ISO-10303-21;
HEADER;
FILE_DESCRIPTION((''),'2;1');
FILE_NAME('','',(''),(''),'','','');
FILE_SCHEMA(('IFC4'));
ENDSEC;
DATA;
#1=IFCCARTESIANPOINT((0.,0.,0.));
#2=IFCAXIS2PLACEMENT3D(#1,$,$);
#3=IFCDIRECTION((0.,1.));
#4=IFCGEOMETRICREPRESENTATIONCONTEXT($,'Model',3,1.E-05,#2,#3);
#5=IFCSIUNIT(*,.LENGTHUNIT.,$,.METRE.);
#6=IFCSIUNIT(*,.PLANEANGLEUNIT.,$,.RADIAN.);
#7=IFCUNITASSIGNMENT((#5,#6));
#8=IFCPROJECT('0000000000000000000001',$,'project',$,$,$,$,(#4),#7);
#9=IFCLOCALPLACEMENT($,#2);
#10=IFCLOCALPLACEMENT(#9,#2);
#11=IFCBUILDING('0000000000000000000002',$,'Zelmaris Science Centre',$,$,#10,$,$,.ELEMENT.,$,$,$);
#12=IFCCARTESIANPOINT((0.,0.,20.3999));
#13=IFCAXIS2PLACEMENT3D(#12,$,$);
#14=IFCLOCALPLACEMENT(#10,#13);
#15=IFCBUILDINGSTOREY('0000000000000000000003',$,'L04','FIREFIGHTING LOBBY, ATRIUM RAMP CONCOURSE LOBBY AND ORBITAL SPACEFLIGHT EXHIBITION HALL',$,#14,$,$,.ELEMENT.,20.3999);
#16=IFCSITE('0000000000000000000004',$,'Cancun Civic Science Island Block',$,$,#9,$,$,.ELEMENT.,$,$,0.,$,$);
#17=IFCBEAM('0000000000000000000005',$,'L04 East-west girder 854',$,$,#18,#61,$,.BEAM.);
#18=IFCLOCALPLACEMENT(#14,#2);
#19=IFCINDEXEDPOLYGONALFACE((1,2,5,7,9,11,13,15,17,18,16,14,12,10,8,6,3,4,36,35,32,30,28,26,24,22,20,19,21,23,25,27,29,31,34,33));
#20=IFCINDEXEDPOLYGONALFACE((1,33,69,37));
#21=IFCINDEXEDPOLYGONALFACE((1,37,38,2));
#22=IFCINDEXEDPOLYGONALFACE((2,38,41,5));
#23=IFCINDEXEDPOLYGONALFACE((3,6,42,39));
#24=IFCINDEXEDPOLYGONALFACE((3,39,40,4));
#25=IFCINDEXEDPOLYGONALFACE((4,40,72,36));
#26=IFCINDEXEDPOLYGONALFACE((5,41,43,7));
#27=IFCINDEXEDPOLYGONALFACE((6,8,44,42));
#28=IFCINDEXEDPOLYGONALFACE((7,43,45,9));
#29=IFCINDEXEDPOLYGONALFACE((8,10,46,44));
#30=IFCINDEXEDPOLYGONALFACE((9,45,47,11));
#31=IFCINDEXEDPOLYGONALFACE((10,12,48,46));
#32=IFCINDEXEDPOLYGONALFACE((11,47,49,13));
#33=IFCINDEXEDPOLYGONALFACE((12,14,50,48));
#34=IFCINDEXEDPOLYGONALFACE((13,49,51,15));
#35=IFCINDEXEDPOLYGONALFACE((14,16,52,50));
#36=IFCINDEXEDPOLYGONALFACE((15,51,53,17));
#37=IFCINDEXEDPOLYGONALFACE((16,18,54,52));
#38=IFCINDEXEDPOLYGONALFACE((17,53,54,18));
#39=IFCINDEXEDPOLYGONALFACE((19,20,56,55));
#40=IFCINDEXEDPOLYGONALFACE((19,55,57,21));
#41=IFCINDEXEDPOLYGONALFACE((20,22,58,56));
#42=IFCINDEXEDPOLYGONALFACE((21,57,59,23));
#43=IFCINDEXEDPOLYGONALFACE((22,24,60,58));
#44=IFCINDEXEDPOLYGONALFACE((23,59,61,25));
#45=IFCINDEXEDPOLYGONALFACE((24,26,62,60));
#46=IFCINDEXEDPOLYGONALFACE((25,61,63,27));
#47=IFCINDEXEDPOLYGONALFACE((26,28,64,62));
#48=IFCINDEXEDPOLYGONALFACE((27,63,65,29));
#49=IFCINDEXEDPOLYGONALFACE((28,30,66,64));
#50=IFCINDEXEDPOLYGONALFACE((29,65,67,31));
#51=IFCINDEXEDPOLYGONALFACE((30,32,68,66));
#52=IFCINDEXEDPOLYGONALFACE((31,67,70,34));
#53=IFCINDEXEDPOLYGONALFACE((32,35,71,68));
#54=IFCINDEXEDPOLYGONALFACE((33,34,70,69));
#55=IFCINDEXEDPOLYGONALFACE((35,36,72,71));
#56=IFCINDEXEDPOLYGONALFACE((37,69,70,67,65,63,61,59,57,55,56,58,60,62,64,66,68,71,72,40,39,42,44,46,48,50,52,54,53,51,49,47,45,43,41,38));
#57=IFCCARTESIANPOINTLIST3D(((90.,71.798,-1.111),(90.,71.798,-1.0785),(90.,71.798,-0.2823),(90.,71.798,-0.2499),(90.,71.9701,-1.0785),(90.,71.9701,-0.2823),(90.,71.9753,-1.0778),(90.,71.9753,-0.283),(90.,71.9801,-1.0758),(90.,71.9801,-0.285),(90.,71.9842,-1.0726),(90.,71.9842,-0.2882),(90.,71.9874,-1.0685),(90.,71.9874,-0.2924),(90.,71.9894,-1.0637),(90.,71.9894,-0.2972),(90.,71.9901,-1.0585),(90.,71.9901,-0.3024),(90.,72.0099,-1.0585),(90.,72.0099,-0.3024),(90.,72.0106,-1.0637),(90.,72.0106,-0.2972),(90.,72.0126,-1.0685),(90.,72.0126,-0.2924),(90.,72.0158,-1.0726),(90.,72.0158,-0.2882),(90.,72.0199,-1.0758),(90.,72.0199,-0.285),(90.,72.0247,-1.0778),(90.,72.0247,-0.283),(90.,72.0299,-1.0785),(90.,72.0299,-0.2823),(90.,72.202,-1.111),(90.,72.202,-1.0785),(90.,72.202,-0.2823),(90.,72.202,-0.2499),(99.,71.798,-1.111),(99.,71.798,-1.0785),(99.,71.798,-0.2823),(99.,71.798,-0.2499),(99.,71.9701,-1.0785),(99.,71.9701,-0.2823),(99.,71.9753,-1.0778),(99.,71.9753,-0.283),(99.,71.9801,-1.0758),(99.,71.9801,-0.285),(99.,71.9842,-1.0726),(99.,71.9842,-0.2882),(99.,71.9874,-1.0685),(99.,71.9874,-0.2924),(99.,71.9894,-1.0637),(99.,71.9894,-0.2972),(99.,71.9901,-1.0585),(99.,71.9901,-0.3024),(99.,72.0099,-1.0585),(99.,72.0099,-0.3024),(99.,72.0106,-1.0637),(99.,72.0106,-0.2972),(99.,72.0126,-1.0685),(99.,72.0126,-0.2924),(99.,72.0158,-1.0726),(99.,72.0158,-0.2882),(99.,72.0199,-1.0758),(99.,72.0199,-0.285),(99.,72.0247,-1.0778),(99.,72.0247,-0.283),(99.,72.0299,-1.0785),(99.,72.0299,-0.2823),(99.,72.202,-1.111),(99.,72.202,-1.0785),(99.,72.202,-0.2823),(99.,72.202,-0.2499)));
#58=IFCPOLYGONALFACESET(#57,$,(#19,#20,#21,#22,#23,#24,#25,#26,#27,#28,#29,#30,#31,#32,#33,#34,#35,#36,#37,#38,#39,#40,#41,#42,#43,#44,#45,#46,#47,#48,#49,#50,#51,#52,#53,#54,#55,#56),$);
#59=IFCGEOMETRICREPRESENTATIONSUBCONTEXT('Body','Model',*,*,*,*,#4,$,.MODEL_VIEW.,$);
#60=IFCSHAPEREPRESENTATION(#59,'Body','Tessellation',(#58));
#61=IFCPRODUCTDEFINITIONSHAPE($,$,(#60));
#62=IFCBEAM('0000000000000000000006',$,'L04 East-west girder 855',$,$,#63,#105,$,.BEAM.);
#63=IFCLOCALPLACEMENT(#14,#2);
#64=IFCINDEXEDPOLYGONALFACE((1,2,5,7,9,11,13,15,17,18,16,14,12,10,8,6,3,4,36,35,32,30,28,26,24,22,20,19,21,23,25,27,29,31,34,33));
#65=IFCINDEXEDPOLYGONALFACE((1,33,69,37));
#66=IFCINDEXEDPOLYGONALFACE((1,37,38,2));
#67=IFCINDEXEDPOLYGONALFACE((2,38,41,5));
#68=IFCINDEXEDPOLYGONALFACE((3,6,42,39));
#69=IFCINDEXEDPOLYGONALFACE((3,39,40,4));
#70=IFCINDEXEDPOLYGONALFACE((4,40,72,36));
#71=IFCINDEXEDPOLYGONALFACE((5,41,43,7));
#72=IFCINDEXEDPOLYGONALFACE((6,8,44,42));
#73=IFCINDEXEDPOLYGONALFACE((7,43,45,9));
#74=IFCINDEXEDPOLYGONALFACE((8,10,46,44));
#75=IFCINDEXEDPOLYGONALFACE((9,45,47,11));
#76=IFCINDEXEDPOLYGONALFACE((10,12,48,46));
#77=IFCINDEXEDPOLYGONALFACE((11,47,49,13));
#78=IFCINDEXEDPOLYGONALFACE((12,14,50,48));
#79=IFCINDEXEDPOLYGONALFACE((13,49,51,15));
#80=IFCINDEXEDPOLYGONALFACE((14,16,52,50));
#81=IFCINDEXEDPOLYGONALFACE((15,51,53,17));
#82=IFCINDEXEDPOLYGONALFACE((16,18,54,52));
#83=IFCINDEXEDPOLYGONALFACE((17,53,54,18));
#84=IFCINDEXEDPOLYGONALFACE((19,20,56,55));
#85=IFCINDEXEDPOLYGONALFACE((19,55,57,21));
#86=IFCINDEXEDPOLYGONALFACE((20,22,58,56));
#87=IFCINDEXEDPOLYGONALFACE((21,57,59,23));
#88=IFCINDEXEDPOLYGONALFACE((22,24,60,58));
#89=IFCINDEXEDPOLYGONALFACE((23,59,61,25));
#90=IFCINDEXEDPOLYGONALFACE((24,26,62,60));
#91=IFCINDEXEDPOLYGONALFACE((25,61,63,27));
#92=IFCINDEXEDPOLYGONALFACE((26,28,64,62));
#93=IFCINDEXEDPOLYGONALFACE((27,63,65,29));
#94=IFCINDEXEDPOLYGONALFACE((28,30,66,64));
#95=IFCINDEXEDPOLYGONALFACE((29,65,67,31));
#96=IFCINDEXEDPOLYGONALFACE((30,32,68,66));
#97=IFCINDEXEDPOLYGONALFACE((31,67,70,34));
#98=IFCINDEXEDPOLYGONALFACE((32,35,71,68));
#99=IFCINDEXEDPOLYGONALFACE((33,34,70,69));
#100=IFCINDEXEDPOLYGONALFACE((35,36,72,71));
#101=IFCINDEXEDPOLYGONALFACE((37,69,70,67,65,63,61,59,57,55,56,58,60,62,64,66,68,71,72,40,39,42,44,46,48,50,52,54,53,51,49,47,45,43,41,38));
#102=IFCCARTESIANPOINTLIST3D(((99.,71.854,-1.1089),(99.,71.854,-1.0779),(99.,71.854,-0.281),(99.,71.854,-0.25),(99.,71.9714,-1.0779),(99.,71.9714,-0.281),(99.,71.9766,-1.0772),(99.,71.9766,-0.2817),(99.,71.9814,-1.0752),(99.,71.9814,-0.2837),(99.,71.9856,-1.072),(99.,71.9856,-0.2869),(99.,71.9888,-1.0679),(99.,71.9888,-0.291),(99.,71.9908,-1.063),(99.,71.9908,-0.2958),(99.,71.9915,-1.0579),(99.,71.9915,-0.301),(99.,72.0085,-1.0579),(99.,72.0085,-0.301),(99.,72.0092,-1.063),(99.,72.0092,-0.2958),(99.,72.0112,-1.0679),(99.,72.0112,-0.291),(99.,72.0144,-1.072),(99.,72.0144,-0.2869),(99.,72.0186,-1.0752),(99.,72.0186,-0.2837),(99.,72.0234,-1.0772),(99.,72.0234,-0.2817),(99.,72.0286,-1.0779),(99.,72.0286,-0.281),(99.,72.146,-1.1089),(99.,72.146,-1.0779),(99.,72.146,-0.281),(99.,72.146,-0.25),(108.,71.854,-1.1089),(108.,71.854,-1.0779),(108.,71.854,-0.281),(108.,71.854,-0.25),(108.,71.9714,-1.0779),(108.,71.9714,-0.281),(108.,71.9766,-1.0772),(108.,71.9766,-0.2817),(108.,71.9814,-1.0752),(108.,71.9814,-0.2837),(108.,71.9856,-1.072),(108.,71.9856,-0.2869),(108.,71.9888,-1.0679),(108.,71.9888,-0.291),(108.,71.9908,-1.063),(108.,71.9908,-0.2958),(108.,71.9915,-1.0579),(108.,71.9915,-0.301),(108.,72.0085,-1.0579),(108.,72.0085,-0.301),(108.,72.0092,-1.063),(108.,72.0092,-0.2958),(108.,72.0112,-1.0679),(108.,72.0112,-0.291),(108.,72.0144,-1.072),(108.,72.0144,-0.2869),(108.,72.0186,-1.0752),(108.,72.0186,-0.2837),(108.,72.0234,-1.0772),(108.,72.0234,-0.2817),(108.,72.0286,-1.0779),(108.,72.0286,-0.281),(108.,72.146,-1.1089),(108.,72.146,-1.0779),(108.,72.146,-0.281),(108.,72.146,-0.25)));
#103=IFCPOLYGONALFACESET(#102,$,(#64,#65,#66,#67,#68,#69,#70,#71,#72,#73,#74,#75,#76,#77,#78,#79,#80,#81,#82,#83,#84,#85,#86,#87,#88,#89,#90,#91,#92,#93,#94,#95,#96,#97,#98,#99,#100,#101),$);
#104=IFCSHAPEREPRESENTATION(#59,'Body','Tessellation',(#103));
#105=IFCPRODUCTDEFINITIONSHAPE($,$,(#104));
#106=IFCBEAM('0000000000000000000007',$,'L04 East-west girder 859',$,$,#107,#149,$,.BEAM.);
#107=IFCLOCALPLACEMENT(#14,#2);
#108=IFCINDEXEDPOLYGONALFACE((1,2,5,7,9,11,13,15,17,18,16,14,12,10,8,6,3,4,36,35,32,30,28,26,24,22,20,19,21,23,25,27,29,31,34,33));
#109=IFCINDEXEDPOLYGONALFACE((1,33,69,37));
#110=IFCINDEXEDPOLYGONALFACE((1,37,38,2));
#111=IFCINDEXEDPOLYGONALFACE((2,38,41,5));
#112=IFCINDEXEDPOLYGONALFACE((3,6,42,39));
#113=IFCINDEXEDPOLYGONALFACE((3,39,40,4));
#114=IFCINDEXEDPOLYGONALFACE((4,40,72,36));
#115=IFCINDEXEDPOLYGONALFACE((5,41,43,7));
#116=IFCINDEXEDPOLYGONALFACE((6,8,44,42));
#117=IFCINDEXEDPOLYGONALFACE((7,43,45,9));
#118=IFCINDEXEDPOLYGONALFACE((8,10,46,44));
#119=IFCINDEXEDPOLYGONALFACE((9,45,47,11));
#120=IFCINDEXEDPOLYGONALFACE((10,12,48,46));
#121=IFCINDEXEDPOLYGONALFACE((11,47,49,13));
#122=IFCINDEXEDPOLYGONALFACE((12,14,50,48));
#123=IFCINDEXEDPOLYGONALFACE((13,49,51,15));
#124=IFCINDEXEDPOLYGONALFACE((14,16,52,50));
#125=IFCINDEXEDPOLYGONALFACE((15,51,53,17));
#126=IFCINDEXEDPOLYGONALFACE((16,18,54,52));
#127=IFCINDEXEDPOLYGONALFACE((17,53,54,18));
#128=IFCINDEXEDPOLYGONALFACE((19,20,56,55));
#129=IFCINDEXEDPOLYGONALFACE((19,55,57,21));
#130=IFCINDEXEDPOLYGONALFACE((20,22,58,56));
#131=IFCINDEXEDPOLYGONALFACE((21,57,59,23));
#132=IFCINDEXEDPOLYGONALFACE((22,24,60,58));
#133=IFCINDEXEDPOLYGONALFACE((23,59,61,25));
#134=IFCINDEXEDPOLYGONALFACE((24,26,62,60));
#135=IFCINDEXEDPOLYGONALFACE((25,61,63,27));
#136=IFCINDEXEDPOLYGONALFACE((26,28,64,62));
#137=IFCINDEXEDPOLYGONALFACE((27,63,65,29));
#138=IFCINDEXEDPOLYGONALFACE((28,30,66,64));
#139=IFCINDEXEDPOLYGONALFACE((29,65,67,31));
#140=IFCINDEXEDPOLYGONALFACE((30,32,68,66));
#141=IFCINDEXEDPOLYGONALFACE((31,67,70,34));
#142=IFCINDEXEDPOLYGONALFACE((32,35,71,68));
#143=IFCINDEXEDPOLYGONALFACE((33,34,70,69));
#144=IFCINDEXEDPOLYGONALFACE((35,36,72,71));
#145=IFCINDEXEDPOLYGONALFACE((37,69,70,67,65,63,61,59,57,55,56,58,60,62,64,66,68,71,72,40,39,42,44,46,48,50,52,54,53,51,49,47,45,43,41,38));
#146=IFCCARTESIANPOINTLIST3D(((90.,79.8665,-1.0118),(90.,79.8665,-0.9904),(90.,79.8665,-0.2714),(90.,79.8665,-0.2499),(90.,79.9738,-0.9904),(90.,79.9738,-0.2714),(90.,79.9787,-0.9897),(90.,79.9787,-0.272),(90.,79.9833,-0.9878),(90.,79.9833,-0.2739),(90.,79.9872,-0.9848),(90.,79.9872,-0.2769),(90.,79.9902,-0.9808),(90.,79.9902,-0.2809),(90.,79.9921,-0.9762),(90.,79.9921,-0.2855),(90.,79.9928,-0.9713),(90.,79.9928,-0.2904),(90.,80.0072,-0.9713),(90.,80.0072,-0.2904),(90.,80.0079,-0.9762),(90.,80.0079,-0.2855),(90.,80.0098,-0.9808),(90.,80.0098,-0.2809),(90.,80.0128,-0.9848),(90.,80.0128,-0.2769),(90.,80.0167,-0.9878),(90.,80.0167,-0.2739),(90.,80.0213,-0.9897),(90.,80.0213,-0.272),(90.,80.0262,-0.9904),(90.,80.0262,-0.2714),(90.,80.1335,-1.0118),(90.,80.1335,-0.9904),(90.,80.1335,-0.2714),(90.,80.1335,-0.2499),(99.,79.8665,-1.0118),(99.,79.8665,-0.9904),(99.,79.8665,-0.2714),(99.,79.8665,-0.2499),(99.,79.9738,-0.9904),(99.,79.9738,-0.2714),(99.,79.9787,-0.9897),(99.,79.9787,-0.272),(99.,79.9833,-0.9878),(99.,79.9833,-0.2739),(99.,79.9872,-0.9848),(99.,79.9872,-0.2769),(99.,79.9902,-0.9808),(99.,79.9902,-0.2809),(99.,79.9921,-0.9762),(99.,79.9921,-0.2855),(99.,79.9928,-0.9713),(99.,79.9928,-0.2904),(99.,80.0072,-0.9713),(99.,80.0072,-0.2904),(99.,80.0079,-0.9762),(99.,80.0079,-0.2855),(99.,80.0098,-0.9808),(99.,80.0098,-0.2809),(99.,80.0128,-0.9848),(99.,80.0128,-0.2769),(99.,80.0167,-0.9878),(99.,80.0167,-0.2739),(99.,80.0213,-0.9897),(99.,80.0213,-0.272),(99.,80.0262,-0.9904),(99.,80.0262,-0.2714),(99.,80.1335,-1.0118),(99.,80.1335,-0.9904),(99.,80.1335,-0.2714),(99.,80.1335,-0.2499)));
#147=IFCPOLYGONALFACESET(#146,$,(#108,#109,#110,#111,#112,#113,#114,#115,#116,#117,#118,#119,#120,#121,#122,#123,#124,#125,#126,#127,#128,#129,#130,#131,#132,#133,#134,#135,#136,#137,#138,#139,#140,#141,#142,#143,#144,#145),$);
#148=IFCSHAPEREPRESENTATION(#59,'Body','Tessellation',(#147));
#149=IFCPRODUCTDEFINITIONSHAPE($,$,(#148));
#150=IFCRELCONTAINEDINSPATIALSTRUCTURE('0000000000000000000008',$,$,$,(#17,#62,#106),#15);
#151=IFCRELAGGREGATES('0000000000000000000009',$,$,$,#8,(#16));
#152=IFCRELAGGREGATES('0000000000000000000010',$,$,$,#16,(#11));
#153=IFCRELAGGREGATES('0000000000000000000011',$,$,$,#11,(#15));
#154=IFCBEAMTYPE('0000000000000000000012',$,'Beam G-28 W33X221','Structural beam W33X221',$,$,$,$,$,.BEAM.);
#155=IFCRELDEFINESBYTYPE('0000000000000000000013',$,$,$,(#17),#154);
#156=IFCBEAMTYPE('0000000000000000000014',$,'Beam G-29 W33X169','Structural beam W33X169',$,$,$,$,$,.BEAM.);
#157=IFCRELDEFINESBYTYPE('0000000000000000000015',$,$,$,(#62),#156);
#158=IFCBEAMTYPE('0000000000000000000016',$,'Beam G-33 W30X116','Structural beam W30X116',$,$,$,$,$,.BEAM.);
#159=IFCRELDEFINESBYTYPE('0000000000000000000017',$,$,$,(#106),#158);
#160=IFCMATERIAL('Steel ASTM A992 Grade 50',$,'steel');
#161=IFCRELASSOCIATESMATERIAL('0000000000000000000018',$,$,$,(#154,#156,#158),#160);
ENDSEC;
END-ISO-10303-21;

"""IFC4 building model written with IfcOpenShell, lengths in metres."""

from ifc_helpers import new_model, si_unit, direction, frame, origin, origin_2d, place, context, subcontext, project, spatial, i_section, extrude, material, material_profile, profile_set, type_object, element, save


model = new_model("IFC4")

# Units and contexts
model_context = context("Model", 3, precision=1e-05, world=origin(), true_north=direction((0.0, 1.0)))
body_context = subcontext(model_context, "Body", "Model", "MODEL_VIEW")
ifc_project = project(units=[si_unit("LENGTHUNIT", "METRE"), si_unit("PLANEANGLEUNIT", "RADIAN")], contexts=[model_context])

# Site, building, storey
site_placement = place(None, origin())
site = spatial("IfcSite", under=ifc_project, at=site_placement, Name="Cancun Civic Science Island Block", CompositionType="ELEMENT", RefElevation=0.0)
building_placement = place(site_placement, origin())
building = spatial("IfcBuilding", under=site, at=building_placement, Name="Zelmaris Science Centre", CompositionType="ELEMENT")
storey_placement = place(building_placement, frame((0.0, 0.0, 20.3999)))
storey = spatial("IfcBuildingStorey", under=building, at=storey_placement, Name="L04", Description="FIREFIGHTING LOBBY, ATRIUM RAMP CONCOURSE LOBBY AND ORBITAL SPACEFLIGHT EXHIBITION HALL", CompositionType="ELEMENT", Elevation=20.3999)

# Beams
ifc_material_1 = material(Name="Steel ASTM A992 Grade 50", Category="steel")
ifc_material_profile_1 = material_profile(ifc_material_1, i_section(OverallWidth=0.4041, OverallDepth=0.8611, WebThickness=0.0198, FlangeThickness=0.0325, FilletRadius=0.02, at=origin_2d()), Name="W33X221")
ifc_profile_set_1 = profile_set([ifc_material_profile_1], Name="Steel ASTM A992 Grade 50")
beam_type_1 = type_object("IfcBeamType", Name="Beam G-28 W33X221", Description="Structural beam W33X221", PredefinedType="BEAM", material=ifc_profile_set_1)
beam_1_placement = place(storey_placement, frame((90.0, 72.0, -0.6804), z_axis=(1.0, 0.0, 0.0), x_axis=(0.0, 1.0, 0.0)))
element("IfcBeam", 1, at=beam_1_placement, inside=storey, type_object=beam_type_1, Name="L04 East-west girder 854", PredefinedType="BEAM", context=body_context, shape_type="SweptSolid", body=[
    extrude(i_section(OverallWidth=0.4041, OverallDepth=0.8611, WebThickness=0.0198, FlangeThickness=0.0325, FilletRadius=0.02, at=origin_2d()), origin(), (0.0, 0.0, 1.0), 9.0),
])
ifc_material_profile_2 = material_profile(ifc_material_1, i_section(OverallWidth=0.292, OverallDepth=0.8589, WebThickness=0.0171, FlangeThickness=0.031, FilletRadius=0.02, at=origin_2d()), Name="W33X169")
ifc_profile_set_2 = profile_set([ifc_material_profile_2], Name="Steel ASTM A992 Grade 50")
beam_type_2 = type_object("IfcBeamType", Name="Beam G-29 W33X169", Description="Structural beam W33X169", PredefinedType="BEAM", material=ifc_profile_set_2)
beam_2_placement = place(storey_placement, frame((99.0, 72.0, -0.6794), z_axis=(1.0, 0.0, 0.0), x_axis=(0.0, 1.0, 0.0)))
element("IfcBeam", 2, at=beam_2_placement, inside=storey, type_object=beam_type_2, Name="L04 East-west girder 855", PredefinedType="BEAM", context=body_context, shape_type="SweptSolid", body=[
    extrude(i_section(OverallWidth=0.292, OverallDepth=0.8589, WebThickness=0.0171, FlangeThickness=0.031, FilletRadius=0.02, at=origin_2d()), origin(), (0.0, 0.0, 1.0), 9.0),
])
ifc_material_profile_3 = material_profile(ifc_material_1, i_section(OverallWidth=0.2671, OverallDepth=0.762, WebThickness=0.0144, FlangeThickness=0.0215, FilletRadius=0.019, at=origin_2d()), Name="W30X116")
ifc_profile_set_3 = profile_set([ifc_material_profile_3], Name="Steel ASTM A992 Grade 50")
beam_type_3 = type_object("IfcBeamType", Name="Beam G-33 W30X116", Description="Structural beam W30X116", PredefinedType="BEAM", material=ifc_profile_set_3)
beam_3_placement = place(storey_placement, frame((90.0, 80.0, -0.6309), z_axis=(1.0, 0.0, 0.0), x_axis=(0.0, 1.0, 0.0)))
element("IfcBeam", 3, at=beam_3_placement, inside=storey, type_object=beam_type_3, Name="L04 East-west girder 859", PredefinedType="BEAM", context=body_context, shape_type="SweptSolid", body=[
    extrude(i_section(OverallWidth=0.2671, OverallDepth=0.762, WebThickness=0.0144, FlangeThickness=0.0215, FilletRadius=0.019, at=origin_2d()), origin(), (0.0, 0.0, 1.0), 9.0),
])

save(model, "model.ifc")
